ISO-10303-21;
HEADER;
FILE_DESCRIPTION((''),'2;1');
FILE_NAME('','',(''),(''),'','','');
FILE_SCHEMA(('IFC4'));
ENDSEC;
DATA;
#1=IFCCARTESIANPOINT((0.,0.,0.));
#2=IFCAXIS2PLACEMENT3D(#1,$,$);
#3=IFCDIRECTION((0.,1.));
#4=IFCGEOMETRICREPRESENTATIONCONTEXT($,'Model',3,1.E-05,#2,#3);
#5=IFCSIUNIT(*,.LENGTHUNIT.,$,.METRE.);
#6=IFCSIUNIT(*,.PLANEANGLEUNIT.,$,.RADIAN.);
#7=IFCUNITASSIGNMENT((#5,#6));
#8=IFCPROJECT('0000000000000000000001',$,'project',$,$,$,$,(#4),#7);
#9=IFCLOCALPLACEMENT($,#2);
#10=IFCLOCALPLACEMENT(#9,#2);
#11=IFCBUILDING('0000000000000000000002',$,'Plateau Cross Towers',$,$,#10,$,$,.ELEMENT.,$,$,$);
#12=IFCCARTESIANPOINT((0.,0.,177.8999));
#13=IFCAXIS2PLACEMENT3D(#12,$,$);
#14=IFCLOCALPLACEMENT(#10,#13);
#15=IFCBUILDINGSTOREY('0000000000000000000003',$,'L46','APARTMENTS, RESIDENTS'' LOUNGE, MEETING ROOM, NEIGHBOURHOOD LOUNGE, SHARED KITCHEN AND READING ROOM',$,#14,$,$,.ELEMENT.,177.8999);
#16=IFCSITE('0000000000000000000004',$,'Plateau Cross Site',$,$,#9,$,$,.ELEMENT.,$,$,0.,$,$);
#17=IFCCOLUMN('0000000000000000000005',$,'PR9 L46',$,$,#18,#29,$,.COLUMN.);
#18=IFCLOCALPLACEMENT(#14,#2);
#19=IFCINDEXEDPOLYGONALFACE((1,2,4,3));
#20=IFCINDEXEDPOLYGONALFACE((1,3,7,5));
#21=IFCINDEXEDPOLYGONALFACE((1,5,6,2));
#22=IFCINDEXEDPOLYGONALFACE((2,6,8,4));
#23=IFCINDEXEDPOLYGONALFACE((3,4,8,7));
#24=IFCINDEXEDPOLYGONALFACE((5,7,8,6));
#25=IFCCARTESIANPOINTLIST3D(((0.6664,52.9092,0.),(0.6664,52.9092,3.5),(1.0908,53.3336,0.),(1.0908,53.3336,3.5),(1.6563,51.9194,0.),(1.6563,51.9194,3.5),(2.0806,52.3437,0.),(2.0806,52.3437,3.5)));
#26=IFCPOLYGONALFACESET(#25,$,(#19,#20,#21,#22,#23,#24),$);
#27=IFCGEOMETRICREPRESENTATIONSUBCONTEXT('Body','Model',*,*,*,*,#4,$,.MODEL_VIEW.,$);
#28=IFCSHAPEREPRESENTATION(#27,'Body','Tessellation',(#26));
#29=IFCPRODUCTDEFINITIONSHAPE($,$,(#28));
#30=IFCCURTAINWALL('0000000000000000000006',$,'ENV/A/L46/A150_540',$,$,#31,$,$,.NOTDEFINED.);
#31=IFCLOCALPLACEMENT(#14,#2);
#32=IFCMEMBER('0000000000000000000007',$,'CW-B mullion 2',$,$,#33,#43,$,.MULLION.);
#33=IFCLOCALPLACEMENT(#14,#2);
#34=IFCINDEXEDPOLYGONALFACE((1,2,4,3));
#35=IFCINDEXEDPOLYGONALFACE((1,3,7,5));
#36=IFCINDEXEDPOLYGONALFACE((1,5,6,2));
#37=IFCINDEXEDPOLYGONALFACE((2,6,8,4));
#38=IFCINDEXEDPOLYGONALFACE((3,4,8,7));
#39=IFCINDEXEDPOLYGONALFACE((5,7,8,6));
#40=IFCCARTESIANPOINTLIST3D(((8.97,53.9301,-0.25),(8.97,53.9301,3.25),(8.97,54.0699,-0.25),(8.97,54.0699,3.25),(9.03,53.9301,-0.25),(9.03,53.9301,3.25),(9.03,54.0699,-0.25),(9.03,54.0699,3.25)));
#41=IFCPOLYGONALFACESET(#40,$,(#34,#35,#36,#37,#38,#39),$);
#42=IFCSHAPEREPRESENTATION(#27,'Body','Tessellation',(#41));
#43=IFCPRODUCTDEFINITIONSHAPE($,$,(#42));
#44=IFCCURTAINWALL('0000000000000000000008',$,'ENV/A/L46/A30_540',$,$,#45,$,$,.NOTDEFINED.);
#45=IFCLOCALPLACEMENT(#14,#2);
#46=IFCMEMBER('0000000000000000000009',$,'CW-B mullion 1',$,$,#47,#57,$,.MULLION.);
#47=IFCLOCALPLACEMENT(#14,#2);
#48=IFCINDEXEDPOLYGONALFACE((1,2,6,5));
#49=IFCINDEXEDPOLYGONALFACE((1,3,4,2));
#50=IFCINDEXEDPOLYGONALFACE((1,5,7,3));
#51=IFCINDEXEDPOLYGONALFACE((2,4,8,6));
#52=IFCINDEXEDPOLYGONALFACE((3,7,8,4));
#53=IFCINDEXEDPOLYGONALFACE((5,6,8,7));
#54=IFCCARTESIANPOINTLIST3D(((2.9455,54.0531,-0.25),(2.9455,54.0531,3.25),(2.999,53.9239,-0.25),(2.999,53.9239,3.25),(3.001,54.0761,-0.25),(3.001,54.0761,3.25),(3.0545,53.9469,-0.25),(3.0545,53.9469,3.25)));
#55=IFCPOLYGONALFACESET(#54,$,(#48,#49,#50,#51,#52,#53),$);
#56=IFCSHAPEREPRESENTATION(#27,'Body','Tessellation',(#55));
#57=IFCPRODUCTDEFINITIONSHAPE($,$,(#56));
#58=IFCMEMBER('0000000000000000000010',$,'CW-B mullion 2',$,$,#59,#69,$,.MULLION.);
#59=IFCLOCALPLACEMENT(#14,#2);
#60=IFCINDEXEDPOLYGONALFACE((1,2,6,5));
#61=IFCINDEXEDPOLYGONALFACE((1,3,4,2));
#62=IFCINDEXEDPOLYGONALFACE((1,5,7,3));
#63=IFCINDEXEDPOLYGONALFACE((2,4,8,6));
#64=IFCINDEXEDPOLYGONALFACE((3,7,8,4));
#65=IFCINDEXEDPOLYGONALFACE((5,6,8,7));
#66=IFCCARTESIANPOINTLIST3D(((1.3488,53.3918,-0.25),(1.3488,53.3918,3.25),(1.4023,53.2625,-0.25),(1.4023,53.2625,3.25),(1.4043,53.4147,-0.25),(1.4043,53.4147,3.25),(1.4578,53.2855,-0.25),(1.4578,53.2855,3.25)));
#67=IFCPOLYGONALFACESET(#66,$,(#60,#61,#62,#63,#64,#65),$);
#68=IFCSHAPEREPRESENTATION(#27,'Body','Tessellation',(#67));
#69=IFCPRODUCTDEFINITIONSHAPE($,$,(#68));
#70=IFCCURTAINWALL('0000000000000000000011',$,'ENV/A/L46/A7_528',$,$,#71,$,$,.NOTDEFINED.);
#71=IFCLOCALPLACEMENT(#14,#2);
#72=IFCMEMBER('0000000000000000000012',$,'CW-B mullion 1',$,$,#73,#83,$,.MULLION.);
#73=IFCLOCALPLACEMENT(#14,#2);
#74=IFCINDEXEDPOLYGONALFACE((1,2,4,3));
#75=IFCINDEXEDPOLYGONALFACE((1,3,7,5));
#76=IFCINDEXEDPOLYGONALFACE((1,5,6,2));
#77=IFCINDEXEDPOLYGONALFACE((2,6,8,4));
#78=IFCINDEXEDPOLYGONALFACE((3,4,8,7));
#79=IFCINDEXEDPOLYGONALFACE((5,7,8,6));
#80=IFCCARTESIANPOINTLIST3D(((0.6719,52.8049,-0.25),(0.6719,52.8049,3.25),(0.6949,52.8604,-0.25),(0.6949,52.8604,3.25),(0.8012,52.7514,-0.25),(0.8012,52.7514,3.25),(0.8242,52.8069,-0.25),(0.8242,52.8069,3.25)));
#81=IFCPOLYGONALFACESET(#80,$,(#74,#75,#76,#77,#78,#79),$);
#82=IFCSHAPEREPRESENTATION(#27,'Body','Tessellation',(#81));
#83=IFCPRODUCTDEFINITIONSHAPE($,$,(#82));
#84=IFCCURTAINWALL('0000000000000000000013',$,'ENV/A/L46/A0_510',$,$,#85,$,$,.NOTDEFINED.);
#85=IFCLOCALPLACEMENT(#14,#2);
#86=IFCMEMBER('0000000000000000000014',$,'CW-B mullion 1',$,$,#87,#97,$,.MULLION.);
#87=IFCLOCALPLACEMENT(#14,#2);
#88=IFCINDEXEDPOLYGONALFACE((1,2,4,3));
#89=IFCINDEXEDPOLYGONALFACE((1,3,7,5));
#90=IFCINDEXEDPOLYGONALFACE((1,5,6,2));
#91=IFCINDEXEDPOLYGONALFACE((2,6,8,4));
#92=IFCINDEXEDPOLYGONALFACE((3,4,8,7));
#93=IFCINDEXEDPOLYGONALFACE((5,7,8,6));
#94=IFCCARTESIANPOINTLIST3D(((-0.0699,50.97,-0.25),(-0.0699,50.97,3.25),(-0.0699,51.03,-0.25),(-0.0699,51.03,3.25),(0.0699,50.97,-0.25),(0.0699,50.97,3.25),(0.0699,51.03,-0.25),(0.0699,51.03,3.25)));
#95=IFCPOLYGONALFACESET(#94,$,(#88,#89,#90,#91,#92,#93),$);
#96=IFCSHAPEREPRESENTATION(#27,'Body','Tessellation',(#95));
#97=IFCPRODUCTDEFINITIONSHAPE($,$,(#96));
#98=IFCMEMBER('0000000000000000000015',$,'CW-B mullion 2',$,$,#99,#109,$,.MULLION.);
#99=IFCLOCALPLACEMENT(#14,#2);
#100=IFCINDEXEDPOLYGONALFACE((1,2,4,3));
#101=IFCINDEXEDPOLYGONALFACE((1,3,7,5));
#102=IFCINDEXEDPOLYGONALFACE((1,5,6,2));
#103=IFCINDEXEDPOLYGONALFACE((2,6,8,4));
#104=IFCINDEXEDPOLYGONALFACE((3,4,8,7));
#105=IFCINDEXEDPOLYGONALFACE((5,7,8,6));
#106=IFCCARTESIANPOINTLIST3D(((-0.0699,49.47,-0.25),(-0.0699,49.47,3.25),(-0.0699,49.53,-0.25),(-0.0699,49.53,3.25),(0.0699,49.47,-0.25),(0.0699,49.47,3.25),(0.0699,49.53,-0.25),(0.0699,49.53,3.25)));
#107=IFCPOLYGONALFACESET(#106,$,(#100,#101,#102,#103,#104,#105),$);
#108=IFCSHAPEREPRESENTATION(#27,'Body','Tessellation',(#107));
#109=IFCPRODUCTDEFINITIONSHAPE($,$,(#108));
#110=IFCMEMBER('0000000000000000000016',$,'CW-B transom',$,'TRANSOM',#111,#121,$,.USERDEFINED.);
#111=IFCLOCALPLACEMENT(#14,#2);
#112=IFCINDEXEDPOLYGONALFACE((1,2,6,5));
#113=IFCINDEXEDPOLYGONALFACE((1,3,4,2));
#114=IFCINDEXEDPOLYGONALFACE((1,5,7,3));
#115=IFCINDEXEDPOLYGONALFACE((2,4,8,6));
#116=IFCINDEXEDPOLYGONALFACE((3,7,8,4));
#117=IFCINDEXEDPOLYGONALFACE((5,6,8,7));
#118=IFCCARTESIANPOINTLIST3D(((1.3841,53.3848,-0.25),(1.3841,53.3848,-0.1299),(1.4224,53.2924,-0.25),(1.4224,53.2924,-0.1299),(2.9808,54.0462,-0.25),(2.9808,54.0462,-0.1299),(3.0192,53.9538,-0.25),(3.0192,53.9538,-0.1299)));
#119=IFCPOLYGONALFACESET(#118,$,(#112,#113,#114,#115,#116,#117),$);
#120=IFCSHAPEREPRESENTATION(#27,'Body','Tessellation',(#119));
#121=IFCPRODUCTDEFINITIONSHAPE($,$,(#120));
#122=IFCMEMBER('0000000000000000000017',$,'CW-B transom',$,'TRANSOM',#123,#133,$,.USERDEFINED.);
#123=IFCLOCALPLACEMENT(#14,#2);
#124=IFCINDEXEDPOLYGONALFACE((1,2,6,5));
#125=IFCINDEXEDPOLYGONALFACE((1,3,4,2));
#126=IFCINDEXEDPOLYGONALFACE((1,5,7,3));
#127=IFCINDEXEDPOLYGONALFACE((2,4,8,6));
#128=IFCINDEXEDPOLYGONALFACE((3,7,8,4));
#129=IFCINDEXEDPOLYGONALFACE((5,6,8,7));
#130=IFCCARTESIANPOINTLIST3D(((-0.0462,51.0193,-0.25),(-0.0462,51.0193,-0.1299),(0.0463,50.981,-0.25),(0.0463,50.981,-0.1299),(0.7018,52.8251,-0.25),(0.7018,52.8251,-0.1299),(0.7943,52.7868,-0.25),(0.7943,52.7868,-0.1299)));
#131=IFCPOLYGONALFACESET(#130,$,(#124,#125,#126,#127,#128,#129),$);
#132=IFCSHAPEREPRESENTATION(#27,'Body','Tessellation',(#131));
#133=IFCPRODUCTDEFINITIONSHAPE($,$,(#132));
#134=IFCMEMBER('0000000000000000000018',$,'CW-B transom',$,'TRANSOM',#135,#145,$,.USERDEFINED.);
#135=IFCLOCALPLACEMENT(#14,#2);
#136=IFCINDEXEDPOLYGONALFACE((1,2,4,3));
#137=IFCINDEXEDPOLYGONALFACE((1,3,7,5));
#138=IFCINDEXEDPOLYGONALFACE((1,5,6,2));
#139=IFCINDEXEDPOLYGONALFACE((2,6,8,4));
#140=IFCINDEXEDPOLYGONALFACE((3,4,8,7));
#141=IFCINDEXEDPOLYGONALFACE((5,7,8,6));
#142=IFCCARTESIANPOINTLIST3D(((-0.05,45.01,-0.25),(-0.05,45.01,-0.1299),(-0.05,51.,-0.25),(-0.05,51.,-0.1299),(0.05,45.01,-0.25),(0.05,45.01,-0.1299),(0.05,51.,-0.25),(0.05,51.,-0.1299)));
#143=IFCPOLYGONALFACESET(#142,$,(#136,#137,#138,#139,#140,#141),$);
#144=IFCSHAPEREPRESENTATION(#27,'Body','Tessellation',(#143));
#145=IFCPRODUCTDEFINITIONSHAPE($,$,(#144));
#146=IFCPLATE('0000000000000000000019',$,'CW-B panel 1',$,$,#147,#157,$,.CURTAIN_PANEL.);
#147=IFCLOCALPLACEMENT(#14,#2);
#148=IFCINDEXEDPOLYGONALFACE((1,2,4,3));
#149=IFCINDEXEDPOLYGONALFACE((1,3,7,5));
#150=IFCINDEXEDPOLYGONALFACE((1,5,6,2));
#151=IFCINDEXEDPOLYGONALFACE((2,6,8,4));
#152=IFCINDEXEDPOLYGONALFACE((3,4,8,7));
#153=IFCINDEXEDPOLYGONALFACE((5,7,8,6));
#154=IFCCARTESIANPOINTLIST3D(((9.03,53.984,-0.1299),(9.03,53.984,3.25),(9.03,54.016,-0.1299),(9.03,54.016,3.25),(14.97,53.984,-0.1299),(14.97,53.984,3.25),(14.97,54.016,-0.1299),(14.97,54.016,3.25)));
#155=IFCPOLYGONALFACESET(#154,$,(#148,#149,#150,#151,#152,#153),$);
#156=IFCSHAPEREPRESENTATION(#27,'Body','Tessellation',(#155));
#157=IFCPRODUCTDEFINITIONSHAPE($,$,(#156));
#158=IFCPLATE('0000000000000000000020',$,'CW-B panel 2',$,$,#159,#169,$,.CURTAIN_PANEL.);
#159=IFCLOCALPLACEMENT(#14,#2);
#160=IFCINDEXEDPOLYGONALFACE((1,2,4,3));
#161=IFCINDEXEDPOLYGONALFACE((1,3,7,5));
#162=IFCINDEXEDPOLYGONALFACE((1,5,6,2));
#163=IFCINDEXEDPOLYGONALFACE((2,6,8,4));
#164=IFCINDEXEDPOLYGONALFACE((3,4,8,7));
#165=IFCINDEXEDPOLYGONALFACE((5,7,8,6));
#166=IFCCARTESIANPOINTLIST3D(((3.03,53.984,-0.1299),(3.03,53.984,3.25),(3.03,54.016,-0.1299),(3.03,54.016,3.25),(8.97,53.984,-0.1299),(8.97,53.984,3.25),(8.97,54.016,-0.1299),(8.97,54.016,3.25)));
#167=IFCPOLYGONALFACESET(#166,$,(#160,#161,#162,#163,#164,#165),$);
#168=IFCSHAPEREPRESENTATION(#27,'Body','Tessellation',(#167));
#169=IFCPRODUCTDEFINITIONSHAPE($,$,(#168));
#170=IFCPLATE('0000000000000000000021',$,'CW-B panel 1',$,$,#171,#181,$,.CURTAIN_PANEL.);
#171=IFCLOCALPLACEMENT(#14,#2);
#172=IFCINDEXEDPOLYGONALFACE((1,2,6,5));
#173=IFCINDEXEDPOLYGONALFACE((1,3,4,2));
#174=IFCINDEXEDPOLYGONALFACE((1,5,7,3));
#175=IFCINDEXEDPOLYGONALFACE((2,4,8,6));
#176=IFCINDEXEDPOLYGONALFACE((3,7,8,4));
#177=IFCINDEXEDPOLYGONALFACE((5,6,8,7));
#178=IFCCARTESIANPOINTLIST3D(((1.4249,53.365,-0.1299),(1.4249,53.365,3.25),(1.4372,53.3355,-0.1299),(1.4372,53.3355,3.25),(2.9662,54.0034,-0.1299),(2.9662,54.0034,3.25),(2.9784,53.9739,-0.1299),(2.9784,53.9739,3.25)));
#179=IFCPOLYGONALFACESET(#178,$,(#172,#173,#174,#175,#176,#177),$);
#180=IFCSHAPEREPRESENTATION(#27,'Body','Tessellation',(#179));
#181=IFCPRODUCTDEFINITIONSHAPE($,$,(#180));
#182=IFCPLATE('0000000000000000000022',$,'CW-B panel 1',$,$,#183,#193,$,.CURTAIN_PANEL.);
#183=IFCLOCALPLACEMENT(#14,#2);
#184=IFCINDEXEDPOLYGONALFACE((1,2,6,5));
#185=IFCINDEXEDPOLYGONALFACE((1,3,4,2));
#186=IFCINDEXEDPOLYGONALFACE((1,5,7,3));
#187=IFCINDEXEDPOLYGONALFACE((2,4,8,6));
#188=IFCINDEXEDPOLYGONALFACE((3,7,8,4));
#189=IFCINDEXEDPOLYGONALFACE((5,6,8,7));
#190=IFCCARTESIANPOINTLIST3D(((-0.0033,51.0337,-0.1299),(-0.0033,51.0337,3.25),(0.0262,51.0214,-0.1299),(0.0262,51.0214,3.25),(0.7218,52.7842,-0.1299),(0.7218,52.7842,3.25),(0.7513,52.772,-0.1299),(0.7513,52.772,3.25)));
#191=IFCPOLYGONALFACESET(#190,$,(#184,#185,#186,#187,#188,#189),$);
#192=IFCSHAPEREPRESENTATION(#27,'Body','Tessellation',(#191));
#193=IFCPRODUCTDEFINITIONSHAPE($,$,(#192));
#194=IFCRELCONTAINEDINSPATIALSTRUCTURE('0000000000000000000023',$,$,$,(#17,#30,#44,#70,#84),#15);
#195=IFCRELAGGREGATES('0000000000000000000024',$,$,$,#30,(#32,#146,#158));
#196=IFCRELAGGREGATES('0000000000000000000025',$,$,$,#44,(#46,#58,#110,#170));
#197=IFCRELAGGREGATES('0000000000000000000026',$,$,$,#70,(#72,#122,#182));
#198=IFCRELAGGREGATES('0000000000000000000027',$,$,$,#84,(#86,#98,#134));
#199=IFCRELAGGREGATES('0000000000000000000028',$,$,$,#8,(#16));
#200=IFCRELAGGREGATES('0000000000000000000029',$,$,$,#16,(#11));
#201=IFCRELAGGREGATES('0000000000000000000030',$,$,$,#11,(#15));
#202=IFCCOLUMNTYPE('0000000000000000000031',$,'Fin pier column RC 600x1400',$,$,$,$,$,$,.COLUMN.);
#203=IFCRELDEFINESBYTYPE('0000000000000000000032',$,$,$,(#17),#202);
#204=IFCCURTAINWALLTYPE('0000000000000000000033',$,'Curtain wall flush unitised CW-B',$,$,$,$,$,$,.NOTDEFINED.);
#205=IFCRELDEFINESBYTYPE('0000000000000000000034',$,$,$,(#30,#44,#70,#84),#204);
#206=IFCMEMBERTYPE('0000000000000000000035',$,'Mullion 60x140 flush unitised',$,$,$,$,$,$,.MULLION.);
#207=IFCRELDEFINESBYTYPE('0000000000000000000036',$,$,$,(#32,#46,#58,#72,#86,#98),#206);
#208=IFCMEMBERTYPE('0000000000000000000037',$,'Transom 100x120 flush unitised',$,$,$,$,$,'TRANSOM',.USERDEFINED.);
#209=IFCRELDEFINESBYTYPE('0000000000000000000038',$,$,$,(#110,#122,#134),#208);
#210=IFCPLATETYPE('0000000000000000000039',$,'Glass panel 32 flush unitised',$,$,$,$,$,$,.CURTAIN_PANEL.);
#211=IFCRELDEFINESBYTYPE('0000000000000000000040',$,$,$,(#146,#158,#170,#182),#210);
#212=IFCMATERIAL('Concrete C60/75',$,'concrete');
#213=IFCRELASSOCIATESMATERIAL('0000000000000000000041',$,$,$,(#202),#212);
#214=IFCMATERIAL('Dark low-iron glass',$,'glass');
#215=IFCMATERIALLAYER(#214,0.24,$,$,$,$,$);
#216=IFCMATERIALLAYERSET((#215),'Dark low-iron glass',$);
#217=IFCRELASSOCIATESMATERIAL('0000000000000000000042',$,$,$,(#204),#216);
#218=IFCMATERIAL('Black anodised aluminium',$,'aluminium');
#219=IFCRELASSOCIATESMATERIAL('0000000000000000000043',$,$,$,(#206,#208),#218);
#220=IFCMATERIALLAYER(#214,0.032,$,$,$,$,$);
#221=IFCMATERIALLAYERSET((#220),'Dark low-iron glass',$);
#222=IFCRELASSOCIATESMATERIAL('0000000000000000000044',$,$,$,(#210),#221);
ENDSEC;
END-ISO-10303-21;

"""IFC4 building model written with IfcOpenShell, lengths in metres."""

from ifc_helpers import new_model, si_unit, direction, frame, origin, origin_2d, place, context, subcontext, project, spatial, rectangle, extrude, material, layer, layer_set, material_profile, profile_set, type_object, element, aggregate, save


model = new_model("IFC4")

# Units and contexts
model_context = context("Model", 3, precision=1e-05, world=origin(), true_north=direction((0.0, 1.0)))
body_context = subcontext(model_context, "Body", "Model", "MODEL_VIEW")
ifc_project = project(units=[si_unit("LENGTHUNIT", "METRE"), si_unit("PLANEANGLEUNIT", "RADIAN")], contexts=[model_context])

# Site, building, storey
site_placement = place(None, origin())
site = spatial("IfcSite", under=ifc_project, at=site_placement, Name="Plateau Cross Site", CompositionType="ELEMENT", RefElevation=0.0)
building_placement = place(site_placement, origin())
building = spatial("IfcBuilding", under=site, at=building_placement, Name="Plateau Cross Towers", CompositionType="ELEMENT")
storey_placement = place(building_placement, frame((0.0, 0.0, 177.8999)))
storey = spatial("IfcBuildingStorey", under=building, at=storey_placement, Name="L46", Description="APARTMENTS, RESIDENTS' LOUNGE, MEETING ROOM, NEIGHBOURHOOD LOUNGE, SHARED KITCHEN AND READING ROOM", CompositionType="ELEMENT", Elevation=177.8999)

# Column
ifc_material_1 = material(Name="Concrete C60/75", Category="concrete")
ifc_material_profile_1 = material_profile(ifc_material_1, rectangle(XDim=0.6001, YDim=1.3999, at=origin_2d()), Name="RC 600x1400")
ifc_profile_set_1 = profile_set([ifc_material_profile_1], Name="Concrete C60/75")
column_type = type_object("IfcColumnType", Name="Fin pier column RC 600x1400", PredefinedType="COLUMN", material=ifc_profile_set_1)
column_placement = place(storey_placement, frame((1.3735, 52.6265, 0.0), z_axis=(0.0, 0.0, 1.0), x_axis=(0.707107, 0.707107, 0.0)))
element("IfcColumn", 1, at=column_placement, inside=storey, type_object=column_type, Name="PR9 L46", PredefinedType="COLUMN", context=body_context, shape_type="SweptSolid", body=[
    extrude(rectangle(XDim=0.6001, YDim=1.3999, at=origin_2d()), origin(), (0.0, 0.0, 1.0), 3.5),
])

# Curtain wall, member
ifc_material_2 = material(Name="Dark low-iron glass", Category="glass")
ifc_layer_1 = layer(ifc_material_2, 0.24)
ifc_layer_set_1 = layer_set([ifc_layer_1], Name="Dark low-iron glass")
curtain_wall_type = type_object("IfcCurtainWallType", Name="Curtain wall flush unitised CW-B", PredefinedType="NOTDEFINED", material=ifc_layer_set_1)
curtain_wall_1_placement = place(storey_placement, origin())
curtain_wall_1 = element("IfcCurtainWall", 2, at=curtain_wall_1_placement, inside=storey, type_object=curtain_wall_type, Name="ENV/A/L46/A150_540", PredefinedType="NOTDEFINED")
ifc_material_3 = material(Name="Black anodised aluminium", Category="aluminium")
ifc_material_profile_2 = material_profile(ifc_material_3, rectangle(XDim=0.0601, YDim=0.1399, at=origin_2d()), Name="MULLION 60x140")
ifc_profile_set_2 = profile_set([ifc_material_profile_2], Name="Black anodised aluminium")
member_type_1 = type_object("IfcMemberType", Name="Mullion 60x140 flush unitised", PredefinedType="MULLION", material=ifc_profile_set_2)
member_1_placement = place(storey_placement, frame((9.0, 54.0, -0.25), z_axis=(0.0, 0.0, 1.0), x_axis=(-1.0, 0.0, 0.0)))
member_1 = element("IfcMember", 3, at=member_1_placement, type_object=member_type_1, Name="CW-B mullion 2", PredefinedType="MULLION", context=body_context, shape_type="SweptSolid", body=[
    extrude(rectangle(XDim=0.0601, YDim=0.1399, at=origin_2d()), origin(), (0.0, 0.0, 1.0), 3.5),
])

# Curtain wall, members
curtain_wall_2_placement = place(storey_placement, origin())
curtain_wall_2 = element("IfcCurtainWall", 4, at=curtain_wall_2_placement, inside=storey, type_object=curtain_wall_type, Name="ENV/A/L46/A30_540", PredefinedType="NOTDEFINED")
member_2_placement = place(storey_placement, frame((3.0, 54.0, -0.25), z_axis=(0.0, 0.0, 1.0), x_axis=(-0.923879, -0.382684, 0.0)))
member_2 = element("IfcMember", 5, at=member_2_placement, type_object=member_type_1, Name="CW-B mullion 1", PredefinedType="MULLION", context=body_context, shape_type="SweptSolid", body=[
    extrude(rectangle(XDim=0.0601, YDim=0.1399, at=origin_2d()), origin(), (0.0, 0.0, 1.0), 3.5),
])
member_3_placement = place(storey_placement, frame((1.4033, 53.3386, -0.25), z_axis=(0.0, 0.0, 1.0), x_axis=(-0.923879, -0.382684, 0.0)))
member_3 = element("IfcMember", 6, at=member_3_placement, type_object=member_type_1, Name="CW-B mullion 2", PredefinedType="MULLION", context=body_context, shape_type="SweptSolid", body=[
    extrude(rectangle(XDim=0.0601, YDim=0.1399, at=origin_2d()), origin(), (0.0, 0.0, 1.0), 3.5),
])

# Curtain wall, member
curtain_wall_3_placement = place(storey_placement, origin())
curtain_wall_3 = element("IfcCurtainWall", 7, at=curtain_wall_3_placement, inside=storey, type_object=curtain_wall_type, Name="ENV/A/L46/A7_528", PredefinedType="NOTDEFINED")
member_4_placement = place(storey_placement, frame((0.748, 52.8059, -0.25), z_axis=(0.0, 0.0, 1.0), x_axis=(-0.382684, -0.923879, 0.0)))
member_4 = element("IfcMember", 8, at=member_4_placement, type_object=member_type_1, Name="CW-B mullion 1", PredefinedType="MULLION", context=body_context, shape_type="SweptSolid", body=[
    extrude(rectangle(XDim=0.0601, YDim=0.1399, at=origin_2d()), origin(), (0.0, 0.0, 1.0), 3.5),
])

# Curtain wall, members
curtain_wall_4_placement = place(storey_placement, origin())
curtain_wall_4 = element("IfcCurtainWall", 9, at=curtain_wall_4_placement, inside=storey, type_object=curtain_wall_type, Name="ENV/A/L46/A0_510", PredefinedType="NOTDEFINED")
member_5_placement = place(storey_placement, frame((0.0, 51.0, -0.25), z_axis=(0.0, 0.0, 1.0), x_axis=(0.0, -1.0, 0.0)))
member_5 = element("IfcMember", 10, at=member_5_placement, type_object=member_type_1, Name="CW-B mullion 1", PredefinedType="MULLION", context=body_context, shape_type="SweptSolid", body=[
    extrude(rectangle(XDim=0.0601, YDim=0.1399, at=origin_2d()), origin(), (0.0, 0.0, 1.0), 3.5),
])
member_6_placement = place(storey_placement, frame((0.0, 49.5, -0.25), z_axis=(0.0, 0.0, 1.0), x_axis=(0.0, -1.0, 0.0)))
member_6 = element("IfcMember", 11, at=member_6_placement, type_object=member_type_1, Name="CW-B mullion 2", PredefinedType="MULLION", context=body_context, shape_type="SweptSolid", body=[
    extrude(rectangle(XDim=0.0601, YDim=0.1399, at=origin_2d()), origin(), (0.0, 0.0, 1.0), 3.5),
])

# Members
ifc_material_profile_3 = material_profile(ifc_material_3, rectangle(XDim=0.1001, YDim=0.1201, at=origin_2d()), Name="TRANSOM 100x120")
ifc_profile_set_3 = profile_set([ifc_material_profile_3], Name="Black anodised aluminium")
member_type_2 = type_object("IfcMemberType", Name="Transom 100x120 flush unitised", ElementType="TRANSOM", PredefinedType="USERDEFINED", material=ifc_profile_set_3)
member_7_placement = place(storey_placement, frame((3.0, 54.0, -0.1899), z_axis=(-0.923877, -0.382689, 0.0), x_axis=(0.382689, -0.923877, 0.0)))
member_7 = element("IfcMember", 12, at=member_7_placement, type_object=member_type_2, Name="CW-B transom", ObjectType="TRANSOM", PredefinedType="USERDEFINED", context=body_context, shape_type="SweptSolid", body=[
    extrude(rectangle(XDim=0.1001, YDim=0.1201, at=origin_2d()), origin(), (0.0, 0.0, 1.0), 1.7283),
])
member_8_placement = place(storey_placement, frame((0.748, 52.8059, -0.1899), z_axis=(-0.38269, -0.923877, 0.0), x_axis=(0.923877, -0.38269, 0.0)))
member_8 = element("IfcMember", 13, at=member_8_placement, type_object=member_type_2, Name="CW-B transom", ObjectType="TRANSOM", PredefinedType="USERDEFINED", context=body_context, shape_type="SweptSolid", body=[
    extrude(rectangle(XDim=0.1001, YDim=0.1201, at=origin_2d()), origin(), (0.0, 0.0, 1.0), 1.9546),
])
member_9_placement = place(storey_placement, frame((0.0, 51.0, -0.1899), z_axis=(0.0, -1.0, 0.0), x_axis=(1.0, 0.0, 0.0)))
member_9 = element("IfcMember", 14, at=member_9_placement, type_object=member_type_2, Name="CW-B transom", ObjectType="TRANSOM", PredefinedType="USERDEFINED", context=body_context, shape_type="SweptSolid", body=[
    extrude(rectangle(XDim=0.1001, YDim=0.1201, at=origin_2d()), origin(), (0.0, 0.0, 1.0), 5.99),
])

# Plates
ifc_layer_2 = layer(ifc_material_2, 0.032)
ifc_layer_set_2 = layer_set([ifc_layer_2], Name="Dark low-iron glass")
plate_type = type_object("IfcPlateType", Name="Glass panel 32 flush unitised", PredefinedType="CURTAIN_PANEL", material=ifc_layer_set_2)
plate_1_placement = place(storey_placement, frame((12.0, 54.0, -0.1299), z_axis=(0.0, 0.0, 1.0), x_axis=(-1.0, 0.0, 0.0)))
plate_1 = element("IfcPlate", 15, at=plate_1_placement, type_object=plate_type, Name="CW-B panel 1", PredefinedType="CURTAIN_PANEL", context=body_context, shape_type="SweptSolid", body=[
    extrude(rectangle(XDim=5.9399, YDim=0.032, at=origin_2d()), origin(), (0.0, 0.0, 1.0), 3.3799),
])
plate_2_placement = place(storey_placement, frame((6.0, 54.0, -0.1299), z_axis=(0.0, 0.0, 1.0), x_axis=(-1.0, 0.0, 0.0)))
plate_2 = element("IfcPlate", 16, at=plate_2_placement, type_object=plate_type, Name="CW-B panel 2", PredefinedType="CURTAIN_PANEL", context=body_context, shape_type="SweptSolid", body=[
    extrude(rectangle(XDim=5.9399, YDim=0.032, at=origin_2d()), origin(), (0.0, 0.0, 1.0), 3.3799),
])
aggregate(curtain_wall_1, [member_1, plate_1, plate_2])
plate_3_placement = place(storey_placement, frame((2.2017, 53.6694, -0.1299), z_axis=(0.0, 0.0, 1.0), x_axis=(-0.923879, -0.382684, 0.0)))
plate_3 = element("IfcPlate", 17, at=plate_3_placement, type_object=plate_type, Name="CW-B panel 1", PredefinedType="CURTAIN_PANEL", context=body_context, shape_type="SweptSolid", body=[
    extrude(rectangle(XDim=1.6682, YDim=0.032, at=origin_2d()), origin(), (0.0, 0.0, 1.0), 3.3799),
])
aggregate(curtain_wall_2, [member_2, member_3, member_7, plate_3])
plate_4_placement = place(storey_placement, frame((0.374, 51.9028, -0.1299), z_axis=(0.0, 0.0, 1.0), x_axis=(-0.382684, -0.923879, 0.0)))
plate_4 = element("IfcPlate", 18, at=plate_4_placement, type_object=plate_type, Name="CW-B panel 1", PredefinedType="CURTAIN_PANEL", context=body_context, shape_type="SweptSolid", body=[
    extrude(rectangle(XDim=1.8948, YDim=0.032, at=origin_2d()), origin(), (0.0, 0.0, 1.0), 3.3799),
])
aggregate(curtain_wall_3, [member_4, member_8, plate_4])
aggregate(curtain_wall_4, [member_5, member_6, member_9])

save(model, "model.ifc")
